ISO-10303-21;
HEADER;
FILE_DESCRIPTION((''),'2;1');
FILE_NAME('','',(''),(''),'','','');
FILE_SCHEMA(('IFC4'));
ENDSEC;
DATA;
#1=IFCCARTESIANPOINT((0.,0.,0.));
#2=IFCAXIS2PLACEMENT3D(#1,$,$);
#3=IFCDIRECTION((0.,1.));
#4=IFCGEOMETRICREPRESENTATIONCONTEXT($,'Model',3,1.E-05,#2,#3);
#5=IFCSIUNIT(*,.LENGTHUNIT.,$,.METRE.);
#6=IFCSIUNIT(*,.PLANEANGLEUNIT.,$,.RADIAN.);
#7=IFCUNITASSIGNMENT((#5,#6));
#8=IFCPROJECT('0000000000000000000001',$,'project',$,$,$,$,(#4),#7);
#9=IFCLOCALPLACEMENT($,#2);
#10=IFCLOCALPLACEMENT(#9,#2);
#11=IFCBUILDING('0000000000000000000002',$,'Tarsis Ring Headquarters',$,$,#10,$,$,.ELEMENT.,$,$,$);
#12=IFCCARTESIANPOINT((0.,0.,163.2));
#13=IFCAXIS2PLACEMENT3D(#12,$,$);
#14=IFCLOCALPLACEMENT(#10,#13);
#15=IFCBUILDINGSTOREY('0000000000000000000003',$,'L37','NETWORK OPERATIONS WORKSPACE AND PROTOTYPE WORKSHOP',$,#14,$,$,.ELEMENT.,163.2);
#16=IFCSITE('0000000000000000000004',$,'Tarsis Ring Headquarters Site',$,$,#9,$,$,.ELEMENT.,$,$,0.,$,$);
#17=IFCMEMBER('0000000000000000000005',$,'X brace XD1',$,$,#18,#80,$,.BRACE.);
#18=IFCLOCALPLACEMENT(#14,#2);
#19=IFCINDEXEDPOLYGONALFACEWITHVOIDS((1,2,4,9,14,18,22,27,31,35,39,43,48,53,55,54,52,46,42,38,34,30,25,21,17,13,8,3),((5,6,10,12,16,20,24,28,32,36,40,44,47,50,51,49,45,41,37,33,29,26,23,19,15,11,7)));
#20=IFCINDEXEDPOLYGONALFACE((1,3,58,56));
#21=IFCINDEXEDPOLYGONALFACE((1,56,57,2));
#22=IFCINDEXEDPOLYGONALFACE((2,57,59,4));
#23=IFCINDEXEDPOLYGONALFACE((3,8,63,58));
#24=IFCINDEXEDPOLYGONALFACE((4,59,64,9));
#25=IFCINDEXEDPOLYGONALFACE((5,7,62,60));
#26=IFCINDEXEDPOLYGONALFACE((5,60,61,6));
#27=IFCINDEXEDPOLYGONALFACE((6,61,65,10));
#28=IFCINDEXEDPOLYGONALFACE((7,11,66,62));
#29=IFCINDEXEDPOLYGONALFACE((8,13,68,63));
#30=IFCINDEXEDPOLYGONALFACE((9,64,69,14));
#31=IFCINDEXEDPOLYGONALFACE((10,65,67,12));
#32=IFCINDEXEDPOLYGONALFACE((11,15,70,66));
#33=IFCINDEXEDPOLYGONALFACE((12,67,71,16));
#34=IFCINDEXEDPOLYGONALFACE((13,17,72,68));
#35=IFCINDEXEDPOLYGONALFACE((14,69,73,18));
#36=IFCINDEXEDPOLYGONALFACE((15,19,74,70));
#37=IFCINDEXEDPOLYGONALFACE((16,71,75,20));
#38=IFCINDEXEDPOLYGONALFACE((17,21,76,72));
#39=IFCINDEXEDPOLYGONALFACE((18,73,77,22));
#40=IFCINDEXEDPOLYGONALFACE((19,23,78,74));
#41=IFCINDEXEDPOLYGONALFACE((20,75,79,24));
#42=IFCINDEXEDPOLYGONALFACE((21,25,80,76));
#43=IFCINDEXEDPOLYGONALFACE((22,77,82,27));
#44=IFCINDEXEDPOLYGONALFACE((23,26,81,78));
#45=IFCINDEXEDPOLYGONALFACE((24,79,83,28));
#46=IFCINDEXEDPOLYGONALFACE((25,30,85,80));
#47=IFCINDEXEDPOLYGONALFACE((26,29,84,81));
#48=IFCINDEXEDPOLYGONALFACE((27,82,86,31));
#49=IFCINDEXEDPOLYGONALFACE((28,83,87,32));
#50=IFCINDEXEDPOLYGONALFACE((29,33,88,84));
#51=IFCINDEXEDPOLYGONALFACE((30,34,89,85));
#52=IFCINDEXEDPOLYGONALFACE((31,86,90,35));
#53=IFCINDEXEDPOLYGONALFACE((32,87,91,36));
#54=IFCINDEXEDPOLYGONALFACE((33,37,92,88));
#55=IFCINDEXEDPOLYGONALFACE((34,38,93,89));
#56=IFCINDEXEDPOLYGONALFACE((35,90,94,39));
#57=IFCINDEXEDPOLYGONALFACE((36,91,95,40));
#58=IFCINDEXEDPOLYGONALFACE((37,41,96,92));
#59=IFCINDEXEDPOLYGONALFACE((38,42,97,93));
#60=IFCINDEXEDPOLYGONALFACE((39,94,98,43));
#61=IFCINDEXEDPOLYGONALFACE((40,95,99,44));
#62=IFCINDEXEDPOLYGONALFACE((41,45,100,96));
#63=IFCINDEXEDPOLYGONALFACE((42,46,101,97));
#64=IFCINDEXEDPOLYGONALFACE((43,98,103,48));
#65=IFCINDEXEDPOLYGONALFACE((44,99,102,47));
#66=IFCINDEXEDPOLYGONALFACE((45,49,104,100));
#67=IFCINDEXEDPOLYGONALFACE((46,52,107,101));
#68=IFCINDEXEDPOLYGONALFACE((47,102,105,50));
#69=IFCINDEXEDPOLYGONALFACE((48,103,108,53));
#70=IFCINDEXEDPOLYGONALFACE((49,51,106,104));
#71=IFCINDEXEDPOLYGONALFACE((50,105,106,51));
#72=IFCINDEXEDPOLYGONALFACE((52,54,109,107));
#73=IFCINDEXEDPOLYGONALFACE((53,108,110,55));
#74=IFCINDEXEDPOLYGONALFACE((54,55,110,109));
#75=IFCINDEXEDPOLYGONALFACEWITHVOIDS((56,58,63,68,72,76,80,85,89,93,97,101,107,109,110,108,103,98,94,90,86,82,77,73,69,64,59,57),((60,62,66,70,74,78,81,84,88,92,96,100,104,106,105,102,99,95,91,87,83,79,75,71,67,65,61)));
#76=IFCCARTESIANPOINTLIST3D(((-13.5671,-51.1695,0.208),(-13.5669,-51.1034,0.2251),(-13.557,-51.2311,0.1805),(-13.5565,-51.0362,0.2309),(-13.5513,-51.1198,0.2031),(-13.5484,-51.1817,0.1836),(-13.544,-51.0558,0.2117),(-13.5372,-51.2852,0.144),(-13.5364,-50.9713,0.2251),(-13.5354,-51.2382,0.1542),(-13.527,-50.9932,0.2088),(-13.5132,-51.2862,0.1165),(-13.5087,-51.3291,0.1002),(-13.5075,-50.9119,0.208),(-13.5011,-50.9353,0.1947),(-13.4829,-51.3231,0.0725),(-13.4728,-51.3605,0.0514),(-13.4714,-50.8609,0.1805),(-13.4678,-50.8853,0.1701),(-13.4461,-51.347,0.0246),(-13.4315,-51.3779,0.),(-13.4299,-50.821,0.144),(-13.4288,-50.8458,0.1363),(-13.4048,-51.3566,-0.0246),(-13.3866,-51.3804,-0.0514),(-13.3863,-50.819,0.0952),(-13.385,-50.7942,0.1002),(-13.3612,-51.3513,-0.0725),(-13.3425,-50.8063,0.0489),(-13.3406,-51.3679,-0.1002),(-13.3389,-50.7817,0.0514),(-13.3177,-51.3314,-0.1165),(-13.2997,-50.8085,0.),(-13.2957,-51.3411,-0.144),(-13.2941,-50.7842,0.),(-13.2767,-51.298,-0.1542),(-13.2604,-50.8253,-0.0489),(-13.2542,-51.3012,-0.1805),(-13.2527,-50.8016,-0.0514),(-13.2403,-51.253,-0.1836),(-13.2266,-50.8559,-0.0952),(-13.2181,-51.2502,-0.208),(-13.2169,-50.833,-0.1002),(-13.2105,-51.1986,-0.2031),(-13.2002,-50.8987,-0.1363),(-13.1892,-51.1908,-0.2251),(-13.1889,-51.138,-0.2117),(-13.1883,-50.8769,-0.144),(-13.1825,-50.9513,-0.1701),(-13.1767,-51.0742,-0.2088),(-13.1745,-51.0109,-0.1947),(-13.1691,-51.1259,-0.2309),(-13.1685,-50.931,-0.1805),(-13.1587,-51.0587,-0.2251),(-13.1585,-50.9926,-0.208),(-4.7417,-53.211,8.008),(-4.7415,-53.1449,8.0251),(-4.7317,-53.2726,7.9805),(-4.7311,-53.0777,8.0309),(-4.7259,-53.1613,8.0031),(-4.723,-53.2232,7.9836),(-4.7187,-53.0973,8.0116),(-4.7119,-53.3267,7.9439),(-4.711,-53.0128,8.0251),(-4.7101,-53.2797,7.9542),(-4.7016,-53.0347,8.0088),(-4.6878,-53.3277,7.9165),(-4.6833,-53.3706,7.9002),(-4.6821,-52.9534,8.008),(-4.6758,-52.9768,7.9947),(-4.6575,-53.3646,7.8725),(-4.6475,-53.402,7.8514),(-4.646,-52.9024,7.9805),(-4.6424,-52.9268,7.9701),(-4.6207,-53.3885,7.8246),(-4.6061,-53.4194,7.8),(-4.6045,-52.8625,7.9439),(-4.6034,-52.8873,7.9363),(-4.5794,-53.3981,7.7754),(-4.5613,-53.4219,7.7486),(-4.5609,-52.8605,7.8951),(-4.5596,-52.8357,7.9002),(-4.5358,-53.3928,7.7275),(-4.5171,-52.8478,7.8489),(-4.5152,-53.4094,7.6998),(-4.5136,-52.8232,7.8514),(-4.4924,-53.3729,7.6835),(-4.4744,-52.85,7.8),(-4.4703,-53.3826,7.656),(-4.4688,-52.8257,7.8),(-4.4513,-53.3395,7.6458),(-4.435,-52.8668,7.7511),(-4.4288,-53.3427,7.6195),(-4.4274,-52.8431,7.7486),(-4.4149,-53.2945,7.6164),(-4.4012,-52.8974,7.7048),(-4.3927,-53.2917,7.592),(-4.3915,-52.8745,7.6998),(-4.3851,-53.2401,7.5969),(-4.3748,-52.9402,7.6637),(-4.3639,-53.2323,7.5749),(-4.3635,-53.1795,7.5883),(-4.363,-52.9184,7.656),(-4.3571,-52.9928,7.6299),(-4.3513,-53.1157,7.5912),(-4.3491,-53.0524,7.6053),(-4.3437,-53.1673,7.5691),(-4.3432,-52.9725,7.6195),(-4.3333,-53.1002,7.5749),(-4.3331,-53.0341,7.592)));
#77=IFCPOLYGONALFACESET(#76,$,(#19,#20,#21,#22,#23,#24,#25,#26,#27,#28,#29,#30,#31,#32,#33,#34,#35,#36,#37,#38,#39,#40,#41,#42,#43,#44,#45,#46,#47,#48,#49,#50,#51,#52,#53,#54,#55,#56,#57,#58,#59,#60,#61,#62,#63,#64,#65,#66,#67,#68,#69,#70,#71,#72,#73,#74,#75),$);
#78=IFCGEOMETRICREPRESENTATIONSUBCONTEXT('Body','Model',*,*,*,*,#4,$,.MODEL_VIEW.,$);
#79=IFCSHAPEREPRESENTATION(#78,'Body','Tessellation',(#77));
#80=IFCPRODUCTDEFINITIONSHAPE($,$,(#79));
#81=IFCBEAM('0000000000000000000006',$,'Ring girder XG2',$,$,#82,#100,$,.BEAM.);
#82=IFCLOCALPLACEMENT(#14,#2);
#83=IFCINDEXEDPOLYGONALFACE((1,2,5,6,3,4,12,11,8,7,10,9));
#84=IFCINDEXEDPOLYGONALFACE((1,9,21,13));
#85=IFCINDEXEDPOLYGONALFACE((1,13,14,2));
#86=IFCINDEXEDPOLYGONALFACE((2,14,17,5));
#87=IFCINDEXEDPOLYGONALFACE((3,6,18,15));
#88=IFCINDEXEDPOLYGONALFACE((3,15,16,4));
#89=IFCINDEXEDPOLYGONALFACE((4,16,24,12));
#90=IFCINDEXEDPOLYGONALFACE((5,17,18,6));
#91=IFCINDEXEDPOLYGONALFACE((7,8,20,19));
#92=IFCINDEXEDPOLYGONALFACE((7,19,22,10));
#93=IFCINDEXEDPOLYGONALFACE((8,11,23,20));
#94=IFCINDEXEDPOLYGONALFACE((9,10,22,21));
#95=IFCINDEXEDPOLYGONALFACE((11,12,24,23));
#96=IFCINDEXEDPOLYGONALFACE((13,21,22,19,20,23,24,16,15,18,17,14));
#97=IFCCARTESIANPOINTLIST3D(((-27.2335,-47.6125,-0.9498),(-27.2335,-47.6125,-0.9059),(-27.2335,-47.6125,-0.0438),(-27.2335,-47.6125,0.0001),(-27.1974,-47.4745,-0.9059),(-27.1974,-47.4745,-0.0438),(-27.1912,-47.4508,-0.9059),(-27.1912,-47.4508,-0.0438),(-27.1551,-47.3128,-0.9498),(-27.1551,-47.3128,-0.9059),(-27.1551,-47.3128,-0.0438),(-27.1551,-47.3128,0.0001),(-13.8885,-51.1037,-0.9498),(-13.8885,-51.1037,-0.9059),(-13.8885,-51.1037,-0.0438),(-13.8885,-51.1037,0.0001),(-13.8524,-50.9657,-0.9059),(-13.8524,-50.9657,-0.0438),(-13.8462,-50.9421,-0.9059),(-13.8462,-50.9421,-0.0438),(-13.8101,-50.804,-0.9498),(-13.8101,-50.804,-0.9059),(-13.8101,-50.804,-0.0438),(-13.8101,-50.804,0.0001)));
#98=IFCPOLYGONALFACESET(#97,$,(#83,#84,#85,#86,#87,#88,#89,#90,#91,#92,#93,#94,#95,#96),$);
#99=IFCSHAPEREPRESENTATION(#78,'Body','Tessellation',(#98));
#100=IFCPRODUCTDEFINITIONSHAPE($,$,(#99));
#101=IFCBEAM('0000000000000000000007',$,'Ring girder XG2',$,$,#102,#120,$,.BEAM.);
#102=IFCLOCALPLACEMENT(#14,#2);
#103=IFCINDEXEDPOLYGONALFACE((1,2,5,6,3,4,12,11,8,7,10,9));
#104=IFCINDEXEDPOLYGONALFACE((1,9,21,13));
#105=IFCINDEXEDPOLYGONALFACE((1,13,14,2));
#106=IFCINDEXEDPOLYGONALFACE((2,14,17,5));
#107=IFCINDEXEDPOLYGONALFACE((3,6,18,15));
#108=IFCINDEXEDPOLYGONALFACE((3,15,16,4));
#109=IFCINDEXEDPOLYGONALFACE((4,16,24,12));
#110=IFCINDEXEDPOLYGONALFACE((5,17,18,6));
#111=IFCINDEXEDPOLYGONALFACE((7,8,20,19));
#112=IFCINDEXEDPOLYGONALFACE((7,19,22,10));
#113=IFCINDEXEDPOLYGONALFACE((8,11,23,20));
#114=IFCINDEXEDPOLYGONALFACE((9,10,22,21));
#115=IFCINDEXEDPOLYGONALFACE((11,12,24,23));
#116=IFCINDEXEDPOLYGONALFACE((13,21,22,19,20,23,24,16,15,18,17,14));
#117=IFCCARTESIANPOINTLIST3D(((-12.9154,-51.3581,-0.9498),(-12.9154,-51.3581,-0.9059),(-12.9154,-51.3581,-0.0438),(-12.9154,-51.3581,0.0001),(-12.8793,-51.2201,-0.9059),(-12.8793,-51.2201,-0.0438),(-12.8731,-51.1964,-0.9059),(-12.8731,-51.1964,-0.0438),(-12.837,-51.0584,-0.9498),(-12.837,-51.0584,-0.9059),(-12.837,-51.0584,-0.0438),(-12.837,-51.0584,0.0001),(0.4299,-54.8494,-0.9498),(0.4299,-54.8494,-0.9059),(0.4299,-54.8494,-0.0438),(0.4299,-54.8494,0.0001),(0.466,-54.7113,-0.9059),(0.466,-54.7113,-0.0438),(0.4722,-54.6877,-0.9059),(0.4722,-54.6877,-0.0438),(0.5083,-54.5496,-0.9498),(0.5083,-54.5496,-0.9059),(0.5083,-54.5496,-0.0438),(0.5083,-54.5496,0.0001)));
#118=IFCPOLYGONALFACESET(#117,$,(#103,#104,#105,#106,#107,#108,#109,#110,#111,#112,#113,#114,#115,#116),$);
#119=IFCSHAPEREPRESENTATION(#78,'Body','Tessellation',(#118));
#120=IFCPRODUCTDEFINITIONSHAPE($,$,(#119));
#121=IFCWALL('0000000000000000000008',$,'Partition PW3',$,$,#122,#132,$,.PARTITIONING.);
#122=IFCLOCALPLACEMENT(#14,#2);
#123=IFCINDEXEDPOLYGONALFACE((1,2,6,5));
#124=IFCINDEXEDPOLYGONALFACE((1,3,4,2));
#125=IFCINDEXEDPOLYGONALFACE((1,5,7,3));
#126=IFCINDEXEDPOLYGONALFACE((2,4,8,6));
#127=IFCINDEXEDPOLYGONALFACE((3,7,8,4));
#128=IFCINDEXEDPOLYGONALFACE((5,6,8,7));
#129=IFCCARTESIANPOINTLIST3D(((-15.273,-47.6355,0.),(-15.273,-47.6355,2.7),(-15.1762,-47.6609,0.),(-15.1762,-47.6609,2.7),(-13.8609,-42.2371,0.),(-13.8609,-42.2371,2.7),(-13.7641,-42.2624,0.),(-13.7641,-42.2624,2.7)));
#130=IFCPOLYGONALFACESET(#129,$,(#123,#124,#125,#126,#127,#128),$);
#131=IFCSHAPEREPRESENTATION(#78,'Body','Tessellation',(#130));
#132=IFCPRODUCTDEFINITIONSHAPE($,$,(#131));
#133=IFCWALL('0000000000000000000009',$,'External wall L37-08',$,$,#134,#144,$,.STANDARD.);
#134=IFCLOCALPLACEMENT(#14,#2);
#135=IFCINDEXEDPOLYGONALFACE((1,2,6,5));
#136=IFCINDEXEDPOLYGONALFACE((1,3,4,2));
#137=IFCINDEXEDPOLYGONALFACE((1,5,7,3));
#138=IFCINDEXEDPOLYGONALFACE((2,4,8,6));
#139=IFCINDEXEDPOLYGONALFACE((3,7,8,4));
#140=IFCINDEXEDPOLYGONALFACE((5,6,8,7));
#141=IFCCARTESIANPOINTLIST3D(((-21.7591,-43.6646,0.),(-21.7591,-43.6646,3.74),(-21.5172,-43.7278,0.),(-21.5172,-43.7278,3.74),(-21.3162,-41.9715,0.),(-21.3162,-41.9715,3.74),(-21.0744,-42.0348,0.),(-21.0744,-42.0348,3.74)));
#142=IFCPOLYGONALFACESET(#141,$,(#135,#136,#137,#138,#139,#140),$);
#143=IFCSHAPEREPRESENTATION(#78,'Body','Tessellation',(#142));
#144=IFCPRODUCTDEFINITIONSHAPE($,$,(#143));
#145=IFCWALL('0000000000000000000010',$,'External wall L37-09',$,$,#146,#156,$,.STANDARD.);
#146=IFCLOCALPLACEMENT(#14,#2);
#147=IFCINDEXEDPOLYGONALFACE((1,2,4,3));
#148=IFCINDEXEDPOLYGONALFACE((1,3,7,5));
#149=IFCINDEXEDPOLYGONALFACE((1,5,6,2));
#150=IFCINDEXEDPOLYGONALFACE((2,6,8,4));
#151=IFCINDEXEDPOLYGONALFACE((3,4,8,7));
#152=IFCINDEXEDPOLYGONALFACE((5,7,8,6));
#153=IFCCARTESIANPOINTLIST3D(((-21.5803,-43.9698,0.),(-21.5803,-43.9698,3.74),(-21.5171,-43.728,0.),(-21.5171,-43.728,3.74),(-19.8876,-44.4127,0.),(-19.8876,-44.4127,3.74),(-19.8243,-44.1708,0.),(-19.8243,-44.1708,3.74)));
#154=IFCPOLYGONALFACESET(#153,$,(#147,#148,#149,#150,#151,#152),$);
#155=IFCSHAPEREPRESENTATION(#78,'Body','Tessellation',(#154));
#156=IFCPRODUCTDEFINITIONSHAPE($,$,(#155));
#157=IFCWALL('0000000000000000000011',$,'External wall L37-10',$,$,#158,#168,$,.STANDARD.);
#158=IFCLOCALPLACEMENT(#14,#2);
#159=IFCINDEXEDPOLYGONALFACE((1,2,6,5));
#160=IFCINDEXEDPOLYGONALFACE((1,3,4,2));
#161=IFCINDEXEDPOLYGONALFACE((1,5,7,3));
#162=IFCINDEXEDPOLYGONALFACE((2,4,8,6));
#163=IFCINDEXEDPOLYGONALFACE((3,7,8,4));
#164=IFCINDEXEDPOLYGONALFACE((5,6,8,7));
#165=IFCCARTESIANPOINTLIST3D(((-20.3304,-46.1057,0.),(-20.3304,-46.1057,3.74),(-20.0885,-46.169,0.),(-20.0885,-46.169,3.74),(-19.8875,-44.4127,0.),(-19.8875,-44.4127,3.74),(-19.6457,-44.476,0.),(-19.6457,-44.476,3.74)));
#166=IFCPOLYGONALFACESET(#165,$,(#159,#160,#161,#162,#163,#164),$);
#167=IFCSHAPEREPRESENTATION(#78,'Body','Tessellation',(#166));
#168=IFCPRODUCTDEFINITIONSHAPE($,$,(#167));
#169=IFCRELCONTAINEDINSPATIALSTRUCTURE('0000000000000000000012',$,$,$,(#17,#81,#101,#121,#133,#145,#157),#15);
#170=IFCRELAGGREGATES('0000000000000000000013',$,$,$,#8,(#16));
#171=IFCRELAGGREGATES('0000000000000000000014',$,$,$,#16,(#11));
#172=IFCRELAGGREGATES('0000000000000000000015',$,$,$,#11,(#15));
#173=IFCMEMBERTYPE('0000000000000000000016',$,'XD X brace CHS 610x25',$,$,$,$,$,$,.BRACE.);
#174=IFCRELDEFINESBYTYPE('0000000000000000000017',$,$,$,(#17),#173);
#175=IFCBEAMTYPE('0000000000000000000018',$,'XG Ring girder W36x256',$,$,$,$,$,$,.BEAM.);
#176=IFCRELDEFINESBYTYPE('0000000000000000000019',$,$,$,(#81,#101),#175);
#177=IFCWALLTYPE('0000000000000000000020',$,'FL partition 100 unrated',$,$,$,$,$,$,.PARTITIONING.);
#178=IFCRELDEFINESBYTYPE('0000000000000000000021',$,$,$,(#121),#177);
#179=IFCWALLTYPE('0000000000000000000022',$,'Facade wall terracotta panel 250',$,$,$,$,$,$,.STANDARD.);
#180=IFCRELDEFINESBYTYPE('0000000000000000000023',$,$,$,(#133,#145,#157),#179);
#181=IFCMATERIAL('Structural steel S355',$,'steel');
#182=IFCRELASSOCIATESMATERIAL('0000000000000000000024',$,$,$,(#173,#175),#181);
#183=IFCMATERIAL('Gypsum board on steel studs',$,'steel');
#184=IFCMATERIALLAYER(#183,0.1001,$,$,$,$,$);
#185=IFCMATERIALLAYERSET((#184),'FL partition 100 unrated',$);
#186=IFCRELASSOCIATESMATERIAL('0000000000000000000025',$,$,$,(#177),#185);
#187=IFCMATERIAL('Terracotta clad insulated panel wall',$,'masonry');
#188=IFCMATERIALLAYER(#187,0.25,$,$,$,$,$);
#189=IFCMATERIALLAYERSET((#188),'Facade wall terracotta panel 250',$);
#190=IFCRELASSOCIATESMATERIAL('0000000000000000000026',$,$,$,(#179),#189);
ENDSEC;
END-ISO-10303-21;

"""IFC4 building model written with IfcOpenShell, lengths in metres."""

from ifc_helpers import new_model, si_unit, direction, frame, frame_2d, origin, origin_2d, place, context, subcontext, project, spatial, rectangle, hollow_circle, i_section, extrude, material, layer, layer_set, material_profile, profile_set, type_object, element, save


model = new_model("IFC4")

# Units and contexts
model_context = context("Model", 3, precision=1e-05, world=origin(), true_north=direction((0.0, 1.0)))
body_context = subcontext(model_context, "Body", "Model", "MODEL_VIEW")
ifc_project = project(units=[si_unit("LENGTHUNIT", "METRE"), si_unit("PLANEANGLEUNIT", "RADIAN")], contexts=[model_context])

# Site, building, storey
site_placement = place(None, origin())
site = spatial("IfcSite", under=ifc_project, at=site_placement, Name="Tarsis Ring Headquarters Site", CompositionType="ELEMENT", RefElevation=0.0)
building_placement = place(site_placement, origin())
building = spatial("IfcBuilding", under=site, at=building_placement, Name="Tarsis Ring Headquarters", CompositionType="ELEMENT")
storey_placement = place(building_placement, frame((0.0, 0.0, 163.2)))
storey = spatial("IfcBuildingStorey", under=building, at=storey_placement, Name="L37", Description="NETWORK OPERATIONS WORKSPACE AND PROTOTYPE WORKSHOP", CompositionType="ELEMENT", Elevation=163.2)

# Shared definitions
ifc_material_1 = material(Name="Structural steel S355", Category="steel")

# Shared definitions
ifc_material_profile_1 = material_profile(ifc_material_1, i_section(OverallWidth=0.3098, OverallDepth=0.95, WebThickness=0.0244, FlangeThickness=0.0439, at=origin_2d()), Name="W36x256")
ifc_profile_set_1 = profile_set([ifc_material_profile_1], Name="Structural steel S355")

# Member
ifc_material_profile_2 = material_profile(ifc_material_1, hollow_circle(Radius=0.3047, WallThickness=0.0249, at=origin_2d()), Name="CHS 610x25")
ifc_profile_set_2 = profile_set([ifc_material_profile_2], Name="Structural steel S355")
member_type = type_object("IfcMemberType", Name="XD X brace CHS 610x25", PredefinedType="BRACE", material=ifc_profile_set_2)
member_placement = place(storey_placement, frame((-13.3628, -51.0811, 0.0), z_axis=(0.738287, -0.170781, 0.652508), x_axis=(0.225369, 0.974273, 0.0)))
element("IfcMember", 1, at=member_placement, inside=storey, type_object=member_type, Name="X brace XD1", PredefinedType="BRACE", context=body_context, shape_type="SweptSolid", body=[
    extrude(hollow_circle(Radius=0.3047, WallThickness=0.0249, at=origin_2d()), origin(), (0.0, 0.0, 1.0), 11.9539),
])

# Beams
beam_type_1 = type_object("IfcBeamType", Name="XG Ring girder W36x256", PredefinedType="BEAM", material=ifc_profile_set_1)
beam_1_placement = place(storey_placement, frame((-27.1943, -47.4626, -0.4749), z_axis=(0.967441, -0.253095, 0.0), x_axis=(0.253095, 0.967441, 0.0)))
element("IfcBeam", 2, at=beam_1_placement, inside=storey, type_object=beam_type_1, Name="Ring girder XG2", PredefinedType="BEAM", context=body_context, shape_type="SweptSolid", body=[
    extrude(i_section(OverallWidth=0.3098, OverallDepth=0.95, WebThickness=0.0244, FlangeThickness=0.0439, at=origin_2d()), origin(), (0.0, 0.0, 1.0), 13.7942),
])
beam_2_placement = place(storey_placement, frame((-12.8762, -51.2083, -0.4749), z_axis=(0.967443, -0.25309, 0.0), x_axis=(0.25309, 0.967443, 0.0)))
element("IfcBeam", 3, at=beam_2_placement, inside=storey, type_object=beam_type_1, Name="Ring girder XG2", PredefinedType="BEAM", context=body_context, shape_type="SweptSolid", body=[
    extrude(i_section(OverallWidth=0.3098, OverallDepth=0.95, WebThickness=0.0244, FlangeThickness=0.0439, at=origin_2d()), origin(), (0.0, 0.0, 1.0), 13.7944),
])

# Walls
ifc_material_2 = material(Name="Gypsum board on steel studs", Category="steel")
ifc_layer_1 = layer(ifc_material_2, 0.1001)
ifc_layer_set_1 = layer_set([ifc_layer_1], Name="FL partition 100 unrated")
wall_type_1 = type_object("IfcWallType", Name="FL partition 100 unrated", PredefinedType="PARTITIONING", material=ifc_layer_set_1)
wall_1_placement = place(storey_placement, frame((-15.2246, -47.6482, 0.0), z_axis=(0.0, 0.0, 1.0), x_axis=(0.253063, 0.96745, 0.0)))
element("IfcWall", 4, at=wall_1_placement, inside=storey, type_object=wall_type_1, Name="Partition PW3", PredefinedType="PARTITIONING", context=body_context, shape_type="SweptSolid", body=[
    extrude(rectangle(XDim=5.5801, YDim=0.1001, at=frame_2d((2.79, 0.0))), origin(), (0.0, 0.0, 1.0), 2.7),
])
ifc_material_3 = material(Name="Terracotta clad insulated panel wall", Category="masonry")
ifc_layer_2 = layer(ifc_material_3, 0.25)
ifc_layer_set_2 = layer_set([ifc_layer_2], Name="Facade wall terracotta panel 250")
wall_type_2 = type_object("IfcWallType", Name="Facade wall terracotta panel 250", PredefinedType="STANDARD", material=ifc_layer_set_2)
wall_2_placement = place(storey_placement, frame((-21.1953, -42.0032, 0.0), z_axis=(0.0, 0.0, 1.0), x_axis=(-0.253058, -0.967451, 0.0)))
element("IfcWall", 5, at=wall_2_placement, inside=storey, type_object=wall_type_2, Name="External wall L37-08", PredefinedType="STANDARD", context=body_context, shape_type="SweptSolid", body=[
    extrude(rectangle(XDim=1.75, YDim=0.25, at=frame_2d((0.875, 0.0))), origin(), (0.0, 0.0, 1.0), 3.74),
])
wall_3_placement = place(storey_placement, frame((-21.5488, -43.8489, 0.0), z_axis=(0.0, 0.0, 1.0), x_axis=(0.967442, -0.253092, 0.0)))
element("IfcWall", 6, at=wall_3_placement, inside=storey, type_object=wall_type_2, Name="External wall L37-09", PredefinedType="STANDARD", context=body_context, shape_type="SweptSolid", body=[
    extrude(rectangle(XDim=1.7498, YDim=0.25, at=frame_2d((0.875, 0.0))), origin(), (0.0, 0.0, 1.0), 3.74),
])
wall_4_placement = place(storey_placement, frame((-19.7666, -44.4443, 0.0), z_axis=(0.0, 0.0, 1.0), x_axis=(-0.253058, -0.967451, 0.0)))
element("IfcWall", 7, at=wall_4_placement, inside=storey, type_object=wall_type_2, Name="External wall L37-10", PredefinedType="STANDARD", context=body_context, shape_type="SweptSolid", body=[
    extrude(rectangle(XDim=1.75, YDim=0.25, at=frame_2d((0.875, 0.0))), origin(), (0.0, 0.0, 1.0), 3.74),
])

save(model, "model.ifc")
